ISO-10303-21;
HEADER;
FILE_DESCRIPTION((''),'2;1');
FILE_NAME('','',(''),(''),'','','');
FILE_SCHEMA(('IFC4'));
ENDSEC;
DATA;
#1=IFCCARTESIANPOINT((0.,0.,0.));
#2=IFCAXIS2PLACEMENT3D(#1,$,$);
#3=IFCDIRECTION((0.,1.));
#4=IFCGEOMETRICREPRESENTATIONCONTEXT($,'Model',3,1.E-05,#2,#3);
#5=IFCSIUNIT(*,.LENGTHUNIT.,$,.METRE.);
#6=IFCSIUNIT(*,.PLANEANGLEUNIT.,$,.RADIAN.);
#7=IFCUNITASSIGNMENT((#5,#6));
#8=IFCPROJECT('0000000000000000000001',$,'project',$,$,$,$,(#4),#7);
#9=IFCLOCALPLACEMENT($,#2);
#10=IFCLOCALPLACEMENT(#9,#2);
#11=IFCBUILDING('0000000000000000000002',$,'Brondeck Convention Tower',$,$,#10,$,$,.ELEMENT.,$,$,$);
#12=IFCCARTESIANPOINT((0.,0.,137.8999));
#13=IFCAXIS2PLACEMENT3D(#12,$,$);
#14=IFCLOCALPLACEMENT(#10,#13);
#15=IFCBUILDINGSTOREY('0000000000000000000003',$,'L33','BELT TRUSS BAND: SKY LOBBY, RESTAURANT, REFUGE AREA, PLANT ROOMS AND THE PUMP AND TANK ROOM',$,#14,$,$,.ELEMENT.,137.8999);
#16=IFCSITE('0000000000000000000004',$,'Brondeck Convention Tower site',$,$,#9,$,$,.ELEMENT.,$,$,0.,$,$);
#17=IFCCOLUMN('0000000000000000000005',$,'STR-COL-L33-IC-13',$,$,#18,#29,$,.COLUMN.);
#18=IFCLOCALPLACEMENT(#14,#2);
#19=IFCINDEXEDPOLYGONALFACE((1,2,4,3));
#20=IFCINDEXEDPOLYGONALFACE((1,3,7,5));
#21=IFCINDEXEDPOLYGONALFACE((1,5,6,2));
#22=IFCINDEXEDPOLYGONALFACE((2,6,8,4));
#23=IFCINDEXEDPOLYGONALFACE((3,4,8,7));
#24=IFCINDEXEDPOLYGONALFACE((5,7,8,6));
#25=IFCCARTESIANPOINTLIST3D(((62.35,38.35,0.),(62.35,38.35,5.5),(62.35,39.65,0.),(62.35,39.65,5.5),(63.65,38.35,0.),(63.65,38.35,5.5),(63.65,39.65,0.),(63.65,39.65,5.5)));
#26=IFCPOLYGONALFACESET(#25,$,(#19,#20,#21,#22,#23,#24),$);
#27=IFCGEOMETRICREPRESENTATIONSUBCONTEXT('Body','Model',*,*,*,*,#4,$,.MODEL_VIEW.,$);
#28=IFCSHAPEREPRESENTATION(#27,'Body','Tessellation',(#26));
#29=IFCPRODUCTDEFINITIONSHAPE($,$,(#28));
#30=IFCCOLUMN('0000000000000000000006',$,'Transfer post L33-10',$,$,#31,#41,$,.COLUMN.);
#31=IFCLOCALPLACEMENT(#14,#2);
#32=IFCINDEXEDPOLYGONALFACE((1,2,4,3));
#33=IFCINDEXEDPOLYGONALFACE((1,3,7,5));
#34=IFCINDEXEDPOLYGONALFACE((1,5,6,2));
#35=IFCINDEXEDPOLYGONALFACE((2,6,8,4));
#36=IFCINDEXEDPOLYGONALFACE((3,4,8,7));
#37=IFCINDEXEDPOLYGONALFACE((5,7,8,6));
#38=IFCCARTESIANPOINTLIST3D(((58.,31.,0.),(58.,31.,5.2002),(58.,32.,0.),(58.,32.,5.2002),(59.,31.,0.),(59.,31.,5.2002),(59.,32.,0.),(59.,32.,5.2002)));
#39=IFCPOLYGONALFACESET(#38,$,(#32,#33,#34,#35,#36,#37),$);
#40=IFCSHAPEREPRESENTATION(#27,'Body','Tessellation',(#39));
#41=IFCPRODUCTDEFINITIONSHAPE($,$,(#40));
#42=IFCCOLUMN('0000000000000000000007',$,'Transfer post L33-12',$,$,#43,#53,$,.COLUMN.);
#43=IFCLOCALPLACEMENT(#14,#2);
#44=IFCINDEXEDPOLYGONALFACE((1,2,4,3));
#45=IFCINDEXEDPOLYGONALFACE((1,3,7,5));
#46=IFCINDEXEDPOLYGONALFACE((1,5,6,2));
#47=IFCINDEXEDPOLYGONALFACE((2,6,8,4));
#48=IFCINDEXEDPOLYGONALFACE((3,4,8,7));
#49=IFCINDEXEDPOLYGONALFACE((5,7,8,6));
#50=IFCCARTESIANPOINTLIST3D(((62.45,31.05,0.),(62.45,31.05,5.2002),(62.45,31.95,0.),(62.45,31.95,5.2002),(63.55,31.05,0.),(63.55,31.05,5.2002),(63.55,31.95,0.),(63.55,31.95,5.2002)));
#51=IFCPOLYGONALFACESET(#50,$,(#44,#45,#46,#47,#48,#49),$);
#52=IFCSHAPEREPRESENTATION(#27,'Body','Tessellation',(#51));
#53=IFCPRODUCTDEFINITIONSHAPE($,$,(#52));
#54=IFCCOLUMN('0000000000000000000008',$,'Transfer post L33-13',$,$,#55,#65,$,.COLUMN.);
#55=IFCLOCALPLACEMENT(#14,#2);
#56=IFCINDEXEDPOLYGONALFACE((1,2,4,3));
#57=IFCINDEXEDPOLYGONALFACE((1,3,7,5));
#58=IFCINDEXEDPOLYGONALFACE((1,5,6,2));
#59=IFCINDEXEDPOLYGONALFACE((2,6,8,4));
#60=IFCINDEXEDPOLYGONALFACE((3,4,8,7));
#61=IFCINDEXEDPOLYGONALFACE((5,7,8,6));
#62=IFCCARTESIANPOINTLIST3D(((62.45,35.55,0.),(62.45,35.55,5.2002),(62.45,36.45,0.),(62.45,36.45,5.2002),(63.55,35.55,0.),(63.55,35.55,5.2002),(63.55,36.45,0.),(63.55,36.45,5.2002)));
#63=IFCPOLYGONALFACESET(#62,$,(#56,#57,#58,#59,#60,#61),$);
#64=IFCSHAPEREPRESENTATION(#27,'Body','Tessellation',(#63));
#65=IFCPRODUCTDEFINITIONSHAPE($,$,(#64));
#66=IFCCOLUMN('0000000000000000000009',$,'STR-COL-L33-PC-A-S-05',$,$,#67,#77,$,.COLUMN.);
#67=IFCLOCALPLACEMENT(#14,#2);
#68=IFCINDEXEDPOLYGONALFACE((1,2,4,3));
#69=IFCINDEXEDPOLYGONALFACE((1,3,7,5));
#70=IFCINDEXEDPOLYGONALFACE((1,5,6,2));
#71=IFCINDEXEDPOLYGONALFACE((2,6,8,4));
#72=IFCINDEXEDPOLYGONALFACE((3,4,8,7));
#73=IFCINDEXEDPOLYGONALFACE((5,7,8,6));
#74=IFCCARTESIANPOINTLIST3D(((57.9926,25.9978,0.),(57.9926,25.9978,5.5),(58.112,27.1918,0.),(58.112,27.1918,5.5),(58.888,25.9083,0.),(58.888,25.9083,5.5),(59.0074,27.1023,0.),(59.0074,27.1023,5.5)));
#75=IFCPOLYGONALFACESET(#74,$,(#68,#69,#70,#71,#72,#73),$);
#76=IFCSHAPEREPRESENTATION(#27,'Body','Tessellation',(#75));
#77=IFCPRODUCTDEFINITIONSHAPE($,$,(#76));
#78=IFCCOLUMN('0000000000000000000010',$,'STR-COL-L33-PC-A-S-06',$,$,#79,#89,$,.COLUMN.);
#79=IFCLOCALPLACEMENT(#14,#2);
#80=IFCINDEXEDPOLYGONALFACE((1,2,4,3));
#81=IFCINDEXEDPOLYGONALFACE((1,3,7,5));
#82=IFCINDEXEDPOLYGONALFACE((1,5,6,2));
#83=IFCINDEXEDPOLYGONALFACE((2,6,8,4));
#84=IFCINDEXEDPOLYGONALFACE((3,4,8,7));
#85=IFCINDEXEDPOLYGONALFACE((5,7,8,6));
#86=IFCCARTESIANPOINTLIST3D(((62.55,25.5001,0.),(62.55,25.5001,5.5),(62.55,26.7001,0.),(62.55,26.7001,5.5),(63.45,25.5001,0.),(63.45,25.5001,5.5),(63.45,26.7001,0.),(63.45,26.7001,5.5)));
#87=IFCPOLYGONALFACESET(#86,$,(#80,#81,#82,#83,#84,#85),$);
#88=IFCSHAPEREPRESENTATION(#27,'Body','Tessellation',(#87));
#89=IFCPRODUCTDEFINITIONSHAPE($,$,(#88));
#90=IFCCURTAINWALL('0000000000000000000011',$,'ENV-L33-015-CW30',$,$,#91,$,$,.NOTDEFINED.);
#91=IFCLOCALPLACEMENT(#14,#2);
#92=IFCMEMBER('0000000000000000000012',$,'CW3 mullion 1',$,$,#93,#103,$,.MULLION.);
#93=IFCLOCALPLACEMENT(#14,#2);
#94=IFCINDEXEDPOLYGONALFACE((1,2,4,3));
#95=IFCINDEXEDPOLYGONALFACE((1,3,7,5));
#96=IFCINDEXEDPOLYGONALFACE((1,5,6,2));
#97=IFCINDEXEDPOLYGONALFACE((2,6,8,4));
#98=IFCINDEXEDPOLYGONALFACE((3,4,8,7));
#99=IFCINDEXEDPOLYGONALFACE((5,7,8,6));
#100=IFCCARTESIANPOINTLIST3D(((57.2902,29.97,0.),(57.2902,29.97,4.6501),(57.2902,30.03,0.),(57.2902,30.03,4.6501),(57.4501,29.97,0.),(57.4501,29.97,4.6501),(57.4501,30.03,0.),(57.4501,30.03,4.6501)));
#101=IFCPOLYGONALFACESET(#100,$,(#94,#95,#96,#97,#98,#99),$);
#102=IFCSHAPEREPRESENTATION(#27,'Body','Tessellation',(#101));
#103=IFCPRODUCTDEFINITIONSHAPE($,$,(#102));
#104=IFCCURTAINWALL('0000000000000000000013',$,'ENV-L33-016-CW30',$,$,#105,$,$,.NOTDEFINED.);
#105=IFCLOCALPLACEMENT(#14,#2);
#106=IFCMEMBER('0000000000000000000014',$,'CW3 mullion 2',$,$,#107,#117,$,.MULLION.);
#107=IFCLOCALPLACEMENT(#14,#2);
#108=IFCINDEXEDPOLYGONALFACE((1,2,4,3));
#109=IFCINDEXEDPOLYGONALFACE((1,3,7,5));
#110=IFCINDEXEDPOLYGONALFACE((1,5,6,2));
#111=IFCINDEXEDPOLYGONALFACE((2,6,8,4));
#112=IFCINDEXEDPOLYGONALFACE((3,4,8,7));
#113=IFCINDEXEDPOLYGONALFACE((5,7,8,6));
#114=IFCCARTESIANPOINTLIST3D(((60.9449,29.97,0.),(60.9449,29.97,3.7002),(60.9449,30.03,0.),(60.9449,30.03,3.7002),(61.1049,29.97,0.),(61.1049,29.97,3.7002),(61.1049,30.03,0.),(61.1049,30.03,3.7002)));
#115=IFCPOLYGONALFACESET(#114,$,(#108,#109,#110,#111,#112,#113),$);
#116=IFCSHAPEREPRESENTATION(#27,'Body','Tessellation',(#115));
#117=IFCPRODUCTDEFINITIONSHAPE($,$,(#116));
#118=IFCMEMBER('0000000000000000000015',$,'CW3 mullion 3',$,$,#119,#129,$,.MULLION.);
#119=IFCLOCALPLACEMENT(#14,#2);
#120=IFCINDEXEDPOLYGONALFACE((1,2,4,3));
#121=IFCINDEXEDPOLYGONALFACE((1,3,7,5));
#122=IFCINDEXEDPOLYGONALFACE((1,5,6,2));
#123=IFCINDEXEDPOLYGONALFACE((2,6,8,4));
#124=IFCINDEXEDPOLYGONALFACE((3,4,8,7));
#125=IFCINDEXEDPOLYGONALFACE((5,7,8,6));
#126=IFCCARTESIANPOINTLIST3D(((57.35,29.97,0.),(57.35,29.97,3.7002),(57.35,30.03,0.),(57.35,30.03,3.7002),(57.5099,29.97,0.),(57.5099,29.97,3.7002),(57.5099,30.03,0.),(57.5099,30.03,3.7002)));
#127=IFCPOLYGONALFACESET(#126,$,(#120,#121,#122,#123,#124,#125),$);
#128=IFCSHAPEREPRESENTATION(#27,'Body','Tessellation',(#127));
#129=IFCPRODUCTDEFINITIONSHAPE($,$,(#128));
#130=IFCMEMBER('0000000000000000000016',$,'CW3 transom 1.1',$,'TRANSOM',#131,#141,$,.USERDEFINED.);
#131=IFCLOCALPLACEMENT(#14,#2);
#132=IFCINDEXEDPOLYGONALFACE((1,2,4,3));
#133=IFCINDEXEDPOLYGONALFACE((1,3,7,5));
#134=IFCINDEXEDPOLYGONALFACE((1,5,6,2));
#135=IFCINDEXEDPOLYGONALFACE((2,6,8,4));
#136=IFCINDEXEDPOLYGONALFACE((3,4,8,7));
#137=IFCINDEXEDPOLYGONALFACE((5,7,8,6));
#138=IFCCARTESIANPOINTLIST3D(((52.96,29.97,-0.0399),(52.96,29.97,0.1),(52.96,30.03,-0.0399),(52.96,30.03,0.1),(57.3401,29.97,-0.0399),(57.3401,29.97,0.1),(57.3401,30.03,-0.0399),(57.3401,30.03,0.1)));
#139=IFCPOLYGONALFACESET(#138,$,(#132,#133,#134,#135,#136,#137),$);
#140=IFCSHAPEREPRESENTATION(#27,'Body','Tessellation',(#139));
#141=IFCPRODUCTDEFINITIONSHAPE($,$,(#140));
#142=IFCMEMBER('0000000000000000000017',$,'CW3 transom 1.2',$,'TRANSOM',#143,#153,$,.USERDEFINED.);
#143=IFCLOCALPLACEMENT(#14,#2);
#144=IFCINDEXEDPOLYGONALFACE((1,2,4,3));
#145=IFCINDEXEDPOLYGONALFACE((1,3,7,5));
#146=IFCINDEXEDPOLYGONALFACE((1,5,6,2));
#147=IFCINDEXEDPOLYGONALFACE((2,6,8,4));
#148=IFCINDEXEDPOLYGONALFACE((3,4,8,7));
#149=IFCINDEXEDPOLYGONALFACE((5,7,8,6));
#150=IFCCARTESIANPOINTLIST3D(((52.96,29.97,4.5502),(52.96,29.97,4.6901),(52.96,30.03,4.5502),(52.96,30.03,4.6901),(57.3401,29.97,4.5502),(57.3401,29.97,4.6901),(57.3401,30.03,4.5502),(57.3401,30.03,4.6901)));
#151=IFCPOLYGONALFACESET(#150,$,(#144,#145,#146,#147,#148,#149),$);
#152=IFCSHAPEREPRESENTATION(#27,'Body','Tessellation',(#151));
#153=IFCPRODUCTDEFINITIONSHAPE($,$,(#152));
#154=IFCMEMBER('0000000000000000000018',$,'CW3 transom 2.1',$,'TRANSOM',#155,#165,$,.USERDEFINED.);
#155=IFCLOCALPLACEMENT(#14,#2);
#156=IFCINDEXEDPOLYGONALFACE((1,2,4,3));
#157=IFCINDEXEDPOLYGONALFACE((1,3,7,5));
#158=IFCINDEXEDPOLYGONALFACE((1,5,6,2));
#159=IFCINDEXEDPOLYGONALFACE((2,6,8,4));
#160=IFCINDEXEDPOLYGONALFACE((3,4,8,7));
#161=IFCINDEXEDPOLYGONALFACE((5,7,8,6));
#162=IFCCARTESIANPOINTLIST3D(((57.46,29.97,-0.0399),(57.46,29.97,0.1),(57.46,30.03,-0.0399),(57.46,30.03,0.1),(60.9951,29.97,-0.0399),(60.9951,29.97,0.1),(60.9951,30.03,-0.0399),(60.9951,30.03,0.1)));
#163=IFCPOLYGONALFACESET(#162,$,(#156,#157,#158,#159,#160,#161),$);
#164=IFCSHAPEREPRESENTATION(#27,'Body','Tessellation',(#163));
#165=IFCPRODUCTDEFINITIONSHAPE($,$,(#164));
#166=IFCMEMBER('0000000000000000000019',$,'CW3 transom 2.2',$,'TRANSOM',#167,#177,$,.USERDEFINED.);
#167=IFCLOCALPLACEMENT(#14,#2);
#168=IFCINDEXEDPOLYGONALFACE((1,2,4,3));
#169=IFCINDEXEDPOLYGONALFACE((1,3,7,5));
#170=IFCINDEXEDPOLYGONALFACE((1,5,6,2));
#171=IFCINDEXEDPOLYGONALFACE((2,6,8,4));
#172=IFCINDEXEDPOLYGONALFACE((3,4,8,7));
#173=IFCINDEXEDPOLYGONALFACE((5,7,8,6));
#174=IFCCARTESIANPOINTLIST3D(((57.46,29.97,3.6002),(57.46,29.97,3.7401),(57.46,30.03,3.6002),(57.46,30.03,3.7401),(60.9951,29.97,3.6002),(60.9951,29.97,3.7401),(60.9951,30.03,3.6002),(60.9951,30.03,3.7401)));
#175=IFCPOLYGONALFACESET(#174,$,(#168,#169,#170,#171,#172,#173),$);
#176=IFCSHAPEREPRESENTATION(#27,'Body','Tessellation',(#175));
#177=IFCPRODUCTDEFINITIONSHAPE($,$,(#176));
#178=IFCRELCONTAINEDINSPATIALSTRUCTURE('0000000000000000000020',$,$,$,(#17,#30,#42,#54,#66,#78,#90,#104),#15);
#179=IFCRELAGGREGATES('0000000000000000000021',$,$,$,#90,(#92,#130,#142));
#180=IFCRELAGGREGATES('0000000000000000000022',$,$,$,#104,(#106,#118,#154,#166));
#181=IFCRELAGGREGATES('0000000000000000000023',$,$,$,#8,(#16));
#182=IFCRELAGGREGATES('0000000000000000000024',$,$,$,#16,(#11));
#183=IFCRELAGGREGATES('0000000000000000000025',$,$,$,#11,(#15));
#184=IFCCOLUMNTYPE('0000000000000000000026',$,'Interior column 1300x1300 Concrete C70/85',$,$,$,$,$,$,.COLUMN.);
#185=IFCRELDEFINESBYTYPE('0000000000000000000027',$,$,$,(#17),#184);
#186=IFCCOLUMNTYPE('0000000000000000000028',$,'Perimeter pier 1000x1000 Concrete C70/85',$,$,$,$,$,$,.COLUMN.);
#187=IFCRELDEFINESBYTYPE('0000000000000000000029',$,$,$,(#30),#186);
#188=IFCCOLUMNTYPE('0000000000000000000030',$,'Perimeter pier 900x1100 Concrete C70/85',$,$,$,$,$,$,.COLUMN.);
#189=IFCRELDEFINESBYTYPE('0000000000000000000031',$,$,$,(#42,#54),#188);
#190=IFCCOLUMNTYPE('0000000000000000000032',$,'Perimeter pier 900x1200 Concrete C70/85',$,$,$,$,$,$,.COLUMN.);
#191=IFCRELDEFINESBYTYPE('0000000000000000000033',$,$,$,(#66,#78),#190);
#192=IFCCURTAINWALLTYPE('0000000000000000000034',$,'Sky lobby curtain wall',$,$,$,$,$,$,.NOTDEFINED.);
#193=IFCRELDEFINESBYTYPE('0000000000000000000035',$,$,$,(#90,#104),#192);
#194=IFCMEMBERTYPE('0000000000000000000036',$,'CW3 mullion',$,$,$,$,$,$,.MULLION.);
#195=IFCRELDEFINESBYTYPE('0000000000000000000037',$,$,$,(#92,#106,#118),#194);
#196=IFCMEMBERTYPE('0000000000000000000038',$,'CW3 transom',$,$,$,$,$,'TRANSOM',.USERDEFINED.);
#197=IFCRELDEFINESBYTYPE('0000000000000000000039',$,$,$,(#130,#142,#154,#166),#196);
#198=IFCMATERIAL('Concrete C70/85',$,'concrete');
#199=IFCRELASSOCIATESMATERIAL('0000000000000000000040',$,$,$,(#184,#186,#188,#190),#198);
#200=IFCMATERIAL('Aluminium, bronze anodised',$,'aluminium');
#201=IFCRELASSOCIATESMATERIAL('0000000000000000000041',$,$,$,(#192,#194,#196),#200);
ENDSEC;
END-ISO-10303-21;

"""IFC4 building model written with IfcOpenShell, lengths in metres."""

from ifc_helpers import new_model, si_unit, direction, frame, origin, origin_2d, place, context, subcontext, project, spatial, rectangle, extrude, material, material_profile, profile_set, type_object, element, aggregate, save


model = new_model("IFC4")

# Units and contexts
model_context = context("Model", 3, precision=1e-05, world=origin(), true_north=direction((0.0, 1.0)))
body_context = subcontext(model_context, "Body", "Model", "MODEL_VIEW")
ifc_project = project(units=[si_unit("LENGTHUNIT", "METRE"), si_unit("PLANEANGLEUNIT", "RADIAN")], contexts=[model_context])

# Site, building, storey
site_placement = place(None, origin())
site = spatial("IfcSite", under=ifc_project, at=site_placement, Name="Brondeck Convention Tower site", CompositionType="ELEMENT", RefElevation=0.0)
building_placement = place(site_placement, origin())
building = spatial("IfcBuilding", under=site, at=building_placement, Name="Brondeck Convention Tower", CompositionType="ELEMENT")
storey_placement = place(building_placement, frame((0.0, 0.0, 137.8999)))
storey = spatial("IfcBuildingStorey", under=building, at=storey_placement, Name="L33", Description="BELT TRUSS BAND: SKY LOBBY, RESTAURANT, REFUGE AREA, PLANT ROOMS AND THE PUMP AND TANK ROOM", CompositionType="ELEMENT", Elevation=137.8999)

# Columns
ifc_material_1 = material(Name="Concrete C70/85", Category="concrete")
ifc_material_profile_1 = material_profile(ifc_material_1, rectangle(XDim=1.3, YDim=1.3, at=origin_2d()), Name="Interior column 1300x1300 Concrete C70/85")
ifc_profile_set_1 = profile_set([ifc_material_profile_1], Name="Concrete C70/85")
column_type_1 = type_object("IfcColumnType", Name="Interior column 1300x1300 Concrete C70/85", PredefinedType="COLUMN", material=ifc_profile_set_1)
column_1_placement = place(storey_placement, frame((63.0, 39.0, 0.0), z_axis=(0.0, 0.0, 1.0), x_axis=(1.0, 0.0, 0.0)))
element("IfcColumn", 1, at=column_1_placement, inside=storey, type_object=column_type_1, Name="STR-COL-L33-IC-13", PredefinedType="COLUMN", context=body_context, shape_type="SweptSolid", body=[
    extrude(rectangle(XDim=1.3, YDim=1.3, at=origin_2d()), origin(), (0.0, 0.0, 1.0), 5.5),
])
ifc_material_profile_2 = material_profile(ifc_material_1, rectangle(XDim=1.0, YDim=1.0, at=origin_2d()), Name="Perimeter pier 1000x1000 Concrete C70/85")
ifc_profile_set_2 = profile_set([ifc_material_profile_2], Name="Concrete C70/85")
column_type_2 = type_object("IfcColumnType", Name="Perimeter pier 1000x1000 Concrete C70/85", PredefinedType="COLUMN", material=ifc_profile_set_2)
column_2_placement = place(storey_placement, frame((58.5, 31.5, 0.0), z_axis=(0.0, 0.0, 1.0), x_axis=(1.0, 0.0, 0.0)))
element("IfcColumn", 2, at=column_2_placement, inside=storey, type_object=column_type_2, Name="Transfer post L33-10", PredefinedType="COLUMN", context=body_context, shape_type="SweptSolid", body=[
    extrude(rectangle(XDim=1.0, YDim=1.0, at=origin_2d()), origin(), (0.0, 0.0, 1.0), 5.2002),
])
ifc_material_profile_3 = material_profile(ifc_material_1, rectangle(XDim=0.8999, YDim=1.1001, at=origin_2d()), Name="Perimeter pier 900x1100 Concrete C70/85")
ifc_profile_set_3 = profile_set([ifc_material_profile_3], Name="Concrete C70/85")
column_type_3 = type_object("IfcColumnType", Name="Perimeter pier 900x1100 Concrete C70/85", PredefinedType="COLUMN", material=ifc_profile_set_3)
for number, where, z_axis, x_axis, name in (
    (3, (63.0, 31.5, 0.0), (0.0, 0.0, 1.0), (0.0, 1.0, 0.0), "Transfer post L33-12"),
    (4, (63.0, 36.0, 0.0), (0.0, 0.0, 1.0), (0.0, 1.0, 0.0), "Transfer post L33-13"),
):
    element("IfcColumn", number, at=place(storey_placement, frame(where, z_axis=z_axis, x_axis=x_axis)), inside=storey, type_object=column_type_3, Name=name, PredefinedType="COLUMN", context=body_context, shape_type="SweptSolid", body=[
        extrude(rectangle(XDim=0.8999, YDim=1.1001, at=origin_2d()), origin(), (0.0, 0.0, 1.0), 5.2002),
    ])
ifc_material_profile_4 = material_profile(ifc_material_1, rectangle(XDim=0.8999, YDim=1.2, at=origin_2d()), Name="Perimeter pier 900x1200 Concrete C70/85")
ifc_profile_set_4 = profile_set([ifc_material_profile_4], Name="Concrete C70/85")
column_type_4 = type_object("IfcColumnType", Name="Perimeter pier 900x1200 Concrete C70/85", PredefinedType="COLUMN", material=ifc_profile_set_4)
for number, where, z_axis, x_axis, name in (
    (5, (58.5, 26.55, 0.0), (0.0, 0.0, 1.0), (0.995037, -0.099504, 0.0), "STR-COL-L33-PC-A-S-05"),
    (6, (63.0, 26.1001, 0.0), (0.0, 0.0, 1.0), (1.0, 0.0, 0.0), "STR-COL-L33-PC-A-S-06"),
):
    element("IfcColumn", number, at=place(storey_placement, frame(where, z_axis=z_axis, x_axis=x_axis)), inside=storey, type_object=column_type_4, Name=name, PredefinedType="COLUMN", context=body_context, shape_type="SweptSolid", body=[
        extrude(rectangle(XDim=0.8999, YDim=1.2, at=origin_2d()), origin(), (0.0, 0.0, 1.0), 5.5),
    ])

# Curtain wall, member
ifc_material_2 = material(Name="Aluminium, bronze anodised", Category="aluminium")
curtain_wall_type = type_object("IfcCurtainWallType", Name="Sky lobby curtain wall", PredefinedType="NOTDEFINED", material=ifc_material_2)
curtain_wall_1_placement = place(storey_placement, origin())
curtain_wall_1 = element("IfcCurtainWall", 7, at=curtain_wall_1_placement, inside=storey, type_object=curtain_wall_type, Name="ENV-L33-015-CW30", PredefinedType="NOTDEFINED")
ifc_material_profile_5 = material_profile(ifc_material_2, rectangle(XDim=0.0601, YDim=0.1599, at=origin_2d()), Name="CW3 mullion")
ifc_profile_set_5 = profile_set([ifc_material_profile_5], Name="Aluminium, bronze anodised")
member_type_1 = type_object("IfcMemberType", Name="CW3 mullion", PredefinedType="MULLION", material=ifc_profile_set_5)
member_1_placement = place(storey_placement, frame((57.3701, 30.0, 0.0), z_axis=(0.0, 0.0, 1.0), x_axis=(0.0, -1.0, 0.0)))
member_1 = element("IfcMember", 8, at=member_1_placement, type_object=member_type_1, Name="CW3 mullion 1", PredefinedType="MULLION", context=body_context, shape_type="SweptSolid", body=[
    extrude(rectangle(XDim=0.0601, YDim=0.1599, at=origin_2d()), origin(), (0.0, 0.0, 1.0), 4.6501),
])

# Curtain wall, members
curtain_wall_2_placement = place(storey_placement, origin())
curtain_wall_2 = element("IfcCurtainWall", 9, at=curtain_wall_2_placement, inside=storey, type_object=curtain_wall_type, Name="ENV-L33-016-CW30", PredefinedType="NOTDEFINED")
member_2_placement = place(storey_placement, frame((61.0249, 30.0, 0.0), z_axis=(0.0, 0.0, 1.0), x_axis=(0.0, -1.0, 0.0)))
member_2 = element("IfcMember", 10, at=member_2_placement, type_object=member_type_1, Name="CW3 mullion 2", PredefinedType="MULLION", context=body_context, shape_type="SweptSolid", body=[
    extrude(rectangle(XDim=0.0601, YDim=0.1599, at=origin_2d()), origin(), (0.0, 0.0, 1.0), 3.7002),
])
member_3_placement = place(storey_placement, frame((57.4299, 30.0, 0.0), z_axis=(0.0, 0.0, 1.0), x_axis=(0.0, -1.0, 0.0)))
member_3 = element("IfcMember", 11, at=member_3_placement, type_object=member_type_1, Name="CW3 mullion 3", PredefinedType="MULLION", context=body_context, shape_type="SweptSolid", body=[
    extrude(rectangle(XDim=0.0601, YDim=0.1599, at=origin_2d()), origin(), (0.0, 0.0, 1.0), 3.7002),
])

# Members
ifc_material_profile_6 = material_profile(ifc_material_2, rectangle(XDim=0.0601, YDim=0.1399, at=origin_2d()), Name="CW3 transom")
ifc_profile_set_6 = profile_set([ifc_material_profile_6], Name="Aluminium, bronze anodised")
member_type_2 = type_object("IfcMemberType", Name="CW3 transom", ElementType="TRANSOM", PredefinedType="USERDEFINED", material=ifc_profile_set_6)
member_4_placement = place(storey_placement, frame((57.3401, 30.0, 0.03), z_axis=(-1.0, 0.0, 0.0), x_axis=(0.0, -1.0, 0.0)))
member_4 = element("IfcMember", 12, at=member_4_placement, type_object=member_type_2, Name="CW3 transom 1.1", ObjectType="TRANSOM", PredefinedType="USERDEFINED", context=body_context, shape_type="SweptSolid", body=[
    extrude(rectangle(XDim=0.0601, YDim=0.1399, at=origin_2d()), origin(), (0.0, 0.0, 1.0), 4.3801),
])
member_5_placement = place(storey_placement, frame((57.3401, 30.0, 4.6201), z_axis=(-1.0, 0.0, 0.0), x_axis=(0.0, -1.0, 0.0)))
member_5 = element("IfcMember", 13, at=member_5_placement, type_object=member_type_2, Name="CW3 transom 1.2", ObjectType="TRANSOM", PredefinedType="USERDEFINED", context=body_context, shape_type="SweptSolid", body=[
    extrude(rectangle(XDim=0.0601, YDim=0.1399, at=origin_2d()), origin(), (0.0, 0.0, 1.0), 4.3801),
])
aggregate(curtain_wall_1, [member_1, member_4, member_5])
member_6_placement = place(storey_placement, frame((60.9951, 30.0, 0.03), z_axis=(-1.0, 0.0, 0.0), x_axis=(0.0, -1.0, 0.0)))
member_6 = element("IfcMember", 14, at=member_6_placement, type_object=member_type_2, Name="CW3 transom 2.1", ObjectType="TRANSOM", PredefinedType="USERDEFINED", context=body_context, shape_type="SweptSolid", body=[
    extrude(rectangle(XDim=0.0601, YDim=0.1399, at=origin_2d()), origin(), (0.0, 0.0, 1.0), 3.5352),
])
member_7_placement = place(storey_placement, frame((60.9951, 30.0, 3.6702), z_axis=(-1.0, 0.0, 0.0), x_axis=(0.0, -1.0, 0.0)))
member_7 = element("IfcMember", 15, at=member_7_placement, type_object=member_type_2, Name="CW3 transom 2.2", ObjectType="TRANSOM", PredefinedType="USERDEFINED", context=body_context, shape_type="SweptSolid", body=[
    extrude(rectangle(XDim=0.0601, YDim=0.1399, at=origin_2d()), origin(), (0.0, 0.0, 1.0), 3.5352),
])

aggregate(curtain_wall_2, [member_2, member_3, member_6, member_7])

save(model, "model.ifc")
